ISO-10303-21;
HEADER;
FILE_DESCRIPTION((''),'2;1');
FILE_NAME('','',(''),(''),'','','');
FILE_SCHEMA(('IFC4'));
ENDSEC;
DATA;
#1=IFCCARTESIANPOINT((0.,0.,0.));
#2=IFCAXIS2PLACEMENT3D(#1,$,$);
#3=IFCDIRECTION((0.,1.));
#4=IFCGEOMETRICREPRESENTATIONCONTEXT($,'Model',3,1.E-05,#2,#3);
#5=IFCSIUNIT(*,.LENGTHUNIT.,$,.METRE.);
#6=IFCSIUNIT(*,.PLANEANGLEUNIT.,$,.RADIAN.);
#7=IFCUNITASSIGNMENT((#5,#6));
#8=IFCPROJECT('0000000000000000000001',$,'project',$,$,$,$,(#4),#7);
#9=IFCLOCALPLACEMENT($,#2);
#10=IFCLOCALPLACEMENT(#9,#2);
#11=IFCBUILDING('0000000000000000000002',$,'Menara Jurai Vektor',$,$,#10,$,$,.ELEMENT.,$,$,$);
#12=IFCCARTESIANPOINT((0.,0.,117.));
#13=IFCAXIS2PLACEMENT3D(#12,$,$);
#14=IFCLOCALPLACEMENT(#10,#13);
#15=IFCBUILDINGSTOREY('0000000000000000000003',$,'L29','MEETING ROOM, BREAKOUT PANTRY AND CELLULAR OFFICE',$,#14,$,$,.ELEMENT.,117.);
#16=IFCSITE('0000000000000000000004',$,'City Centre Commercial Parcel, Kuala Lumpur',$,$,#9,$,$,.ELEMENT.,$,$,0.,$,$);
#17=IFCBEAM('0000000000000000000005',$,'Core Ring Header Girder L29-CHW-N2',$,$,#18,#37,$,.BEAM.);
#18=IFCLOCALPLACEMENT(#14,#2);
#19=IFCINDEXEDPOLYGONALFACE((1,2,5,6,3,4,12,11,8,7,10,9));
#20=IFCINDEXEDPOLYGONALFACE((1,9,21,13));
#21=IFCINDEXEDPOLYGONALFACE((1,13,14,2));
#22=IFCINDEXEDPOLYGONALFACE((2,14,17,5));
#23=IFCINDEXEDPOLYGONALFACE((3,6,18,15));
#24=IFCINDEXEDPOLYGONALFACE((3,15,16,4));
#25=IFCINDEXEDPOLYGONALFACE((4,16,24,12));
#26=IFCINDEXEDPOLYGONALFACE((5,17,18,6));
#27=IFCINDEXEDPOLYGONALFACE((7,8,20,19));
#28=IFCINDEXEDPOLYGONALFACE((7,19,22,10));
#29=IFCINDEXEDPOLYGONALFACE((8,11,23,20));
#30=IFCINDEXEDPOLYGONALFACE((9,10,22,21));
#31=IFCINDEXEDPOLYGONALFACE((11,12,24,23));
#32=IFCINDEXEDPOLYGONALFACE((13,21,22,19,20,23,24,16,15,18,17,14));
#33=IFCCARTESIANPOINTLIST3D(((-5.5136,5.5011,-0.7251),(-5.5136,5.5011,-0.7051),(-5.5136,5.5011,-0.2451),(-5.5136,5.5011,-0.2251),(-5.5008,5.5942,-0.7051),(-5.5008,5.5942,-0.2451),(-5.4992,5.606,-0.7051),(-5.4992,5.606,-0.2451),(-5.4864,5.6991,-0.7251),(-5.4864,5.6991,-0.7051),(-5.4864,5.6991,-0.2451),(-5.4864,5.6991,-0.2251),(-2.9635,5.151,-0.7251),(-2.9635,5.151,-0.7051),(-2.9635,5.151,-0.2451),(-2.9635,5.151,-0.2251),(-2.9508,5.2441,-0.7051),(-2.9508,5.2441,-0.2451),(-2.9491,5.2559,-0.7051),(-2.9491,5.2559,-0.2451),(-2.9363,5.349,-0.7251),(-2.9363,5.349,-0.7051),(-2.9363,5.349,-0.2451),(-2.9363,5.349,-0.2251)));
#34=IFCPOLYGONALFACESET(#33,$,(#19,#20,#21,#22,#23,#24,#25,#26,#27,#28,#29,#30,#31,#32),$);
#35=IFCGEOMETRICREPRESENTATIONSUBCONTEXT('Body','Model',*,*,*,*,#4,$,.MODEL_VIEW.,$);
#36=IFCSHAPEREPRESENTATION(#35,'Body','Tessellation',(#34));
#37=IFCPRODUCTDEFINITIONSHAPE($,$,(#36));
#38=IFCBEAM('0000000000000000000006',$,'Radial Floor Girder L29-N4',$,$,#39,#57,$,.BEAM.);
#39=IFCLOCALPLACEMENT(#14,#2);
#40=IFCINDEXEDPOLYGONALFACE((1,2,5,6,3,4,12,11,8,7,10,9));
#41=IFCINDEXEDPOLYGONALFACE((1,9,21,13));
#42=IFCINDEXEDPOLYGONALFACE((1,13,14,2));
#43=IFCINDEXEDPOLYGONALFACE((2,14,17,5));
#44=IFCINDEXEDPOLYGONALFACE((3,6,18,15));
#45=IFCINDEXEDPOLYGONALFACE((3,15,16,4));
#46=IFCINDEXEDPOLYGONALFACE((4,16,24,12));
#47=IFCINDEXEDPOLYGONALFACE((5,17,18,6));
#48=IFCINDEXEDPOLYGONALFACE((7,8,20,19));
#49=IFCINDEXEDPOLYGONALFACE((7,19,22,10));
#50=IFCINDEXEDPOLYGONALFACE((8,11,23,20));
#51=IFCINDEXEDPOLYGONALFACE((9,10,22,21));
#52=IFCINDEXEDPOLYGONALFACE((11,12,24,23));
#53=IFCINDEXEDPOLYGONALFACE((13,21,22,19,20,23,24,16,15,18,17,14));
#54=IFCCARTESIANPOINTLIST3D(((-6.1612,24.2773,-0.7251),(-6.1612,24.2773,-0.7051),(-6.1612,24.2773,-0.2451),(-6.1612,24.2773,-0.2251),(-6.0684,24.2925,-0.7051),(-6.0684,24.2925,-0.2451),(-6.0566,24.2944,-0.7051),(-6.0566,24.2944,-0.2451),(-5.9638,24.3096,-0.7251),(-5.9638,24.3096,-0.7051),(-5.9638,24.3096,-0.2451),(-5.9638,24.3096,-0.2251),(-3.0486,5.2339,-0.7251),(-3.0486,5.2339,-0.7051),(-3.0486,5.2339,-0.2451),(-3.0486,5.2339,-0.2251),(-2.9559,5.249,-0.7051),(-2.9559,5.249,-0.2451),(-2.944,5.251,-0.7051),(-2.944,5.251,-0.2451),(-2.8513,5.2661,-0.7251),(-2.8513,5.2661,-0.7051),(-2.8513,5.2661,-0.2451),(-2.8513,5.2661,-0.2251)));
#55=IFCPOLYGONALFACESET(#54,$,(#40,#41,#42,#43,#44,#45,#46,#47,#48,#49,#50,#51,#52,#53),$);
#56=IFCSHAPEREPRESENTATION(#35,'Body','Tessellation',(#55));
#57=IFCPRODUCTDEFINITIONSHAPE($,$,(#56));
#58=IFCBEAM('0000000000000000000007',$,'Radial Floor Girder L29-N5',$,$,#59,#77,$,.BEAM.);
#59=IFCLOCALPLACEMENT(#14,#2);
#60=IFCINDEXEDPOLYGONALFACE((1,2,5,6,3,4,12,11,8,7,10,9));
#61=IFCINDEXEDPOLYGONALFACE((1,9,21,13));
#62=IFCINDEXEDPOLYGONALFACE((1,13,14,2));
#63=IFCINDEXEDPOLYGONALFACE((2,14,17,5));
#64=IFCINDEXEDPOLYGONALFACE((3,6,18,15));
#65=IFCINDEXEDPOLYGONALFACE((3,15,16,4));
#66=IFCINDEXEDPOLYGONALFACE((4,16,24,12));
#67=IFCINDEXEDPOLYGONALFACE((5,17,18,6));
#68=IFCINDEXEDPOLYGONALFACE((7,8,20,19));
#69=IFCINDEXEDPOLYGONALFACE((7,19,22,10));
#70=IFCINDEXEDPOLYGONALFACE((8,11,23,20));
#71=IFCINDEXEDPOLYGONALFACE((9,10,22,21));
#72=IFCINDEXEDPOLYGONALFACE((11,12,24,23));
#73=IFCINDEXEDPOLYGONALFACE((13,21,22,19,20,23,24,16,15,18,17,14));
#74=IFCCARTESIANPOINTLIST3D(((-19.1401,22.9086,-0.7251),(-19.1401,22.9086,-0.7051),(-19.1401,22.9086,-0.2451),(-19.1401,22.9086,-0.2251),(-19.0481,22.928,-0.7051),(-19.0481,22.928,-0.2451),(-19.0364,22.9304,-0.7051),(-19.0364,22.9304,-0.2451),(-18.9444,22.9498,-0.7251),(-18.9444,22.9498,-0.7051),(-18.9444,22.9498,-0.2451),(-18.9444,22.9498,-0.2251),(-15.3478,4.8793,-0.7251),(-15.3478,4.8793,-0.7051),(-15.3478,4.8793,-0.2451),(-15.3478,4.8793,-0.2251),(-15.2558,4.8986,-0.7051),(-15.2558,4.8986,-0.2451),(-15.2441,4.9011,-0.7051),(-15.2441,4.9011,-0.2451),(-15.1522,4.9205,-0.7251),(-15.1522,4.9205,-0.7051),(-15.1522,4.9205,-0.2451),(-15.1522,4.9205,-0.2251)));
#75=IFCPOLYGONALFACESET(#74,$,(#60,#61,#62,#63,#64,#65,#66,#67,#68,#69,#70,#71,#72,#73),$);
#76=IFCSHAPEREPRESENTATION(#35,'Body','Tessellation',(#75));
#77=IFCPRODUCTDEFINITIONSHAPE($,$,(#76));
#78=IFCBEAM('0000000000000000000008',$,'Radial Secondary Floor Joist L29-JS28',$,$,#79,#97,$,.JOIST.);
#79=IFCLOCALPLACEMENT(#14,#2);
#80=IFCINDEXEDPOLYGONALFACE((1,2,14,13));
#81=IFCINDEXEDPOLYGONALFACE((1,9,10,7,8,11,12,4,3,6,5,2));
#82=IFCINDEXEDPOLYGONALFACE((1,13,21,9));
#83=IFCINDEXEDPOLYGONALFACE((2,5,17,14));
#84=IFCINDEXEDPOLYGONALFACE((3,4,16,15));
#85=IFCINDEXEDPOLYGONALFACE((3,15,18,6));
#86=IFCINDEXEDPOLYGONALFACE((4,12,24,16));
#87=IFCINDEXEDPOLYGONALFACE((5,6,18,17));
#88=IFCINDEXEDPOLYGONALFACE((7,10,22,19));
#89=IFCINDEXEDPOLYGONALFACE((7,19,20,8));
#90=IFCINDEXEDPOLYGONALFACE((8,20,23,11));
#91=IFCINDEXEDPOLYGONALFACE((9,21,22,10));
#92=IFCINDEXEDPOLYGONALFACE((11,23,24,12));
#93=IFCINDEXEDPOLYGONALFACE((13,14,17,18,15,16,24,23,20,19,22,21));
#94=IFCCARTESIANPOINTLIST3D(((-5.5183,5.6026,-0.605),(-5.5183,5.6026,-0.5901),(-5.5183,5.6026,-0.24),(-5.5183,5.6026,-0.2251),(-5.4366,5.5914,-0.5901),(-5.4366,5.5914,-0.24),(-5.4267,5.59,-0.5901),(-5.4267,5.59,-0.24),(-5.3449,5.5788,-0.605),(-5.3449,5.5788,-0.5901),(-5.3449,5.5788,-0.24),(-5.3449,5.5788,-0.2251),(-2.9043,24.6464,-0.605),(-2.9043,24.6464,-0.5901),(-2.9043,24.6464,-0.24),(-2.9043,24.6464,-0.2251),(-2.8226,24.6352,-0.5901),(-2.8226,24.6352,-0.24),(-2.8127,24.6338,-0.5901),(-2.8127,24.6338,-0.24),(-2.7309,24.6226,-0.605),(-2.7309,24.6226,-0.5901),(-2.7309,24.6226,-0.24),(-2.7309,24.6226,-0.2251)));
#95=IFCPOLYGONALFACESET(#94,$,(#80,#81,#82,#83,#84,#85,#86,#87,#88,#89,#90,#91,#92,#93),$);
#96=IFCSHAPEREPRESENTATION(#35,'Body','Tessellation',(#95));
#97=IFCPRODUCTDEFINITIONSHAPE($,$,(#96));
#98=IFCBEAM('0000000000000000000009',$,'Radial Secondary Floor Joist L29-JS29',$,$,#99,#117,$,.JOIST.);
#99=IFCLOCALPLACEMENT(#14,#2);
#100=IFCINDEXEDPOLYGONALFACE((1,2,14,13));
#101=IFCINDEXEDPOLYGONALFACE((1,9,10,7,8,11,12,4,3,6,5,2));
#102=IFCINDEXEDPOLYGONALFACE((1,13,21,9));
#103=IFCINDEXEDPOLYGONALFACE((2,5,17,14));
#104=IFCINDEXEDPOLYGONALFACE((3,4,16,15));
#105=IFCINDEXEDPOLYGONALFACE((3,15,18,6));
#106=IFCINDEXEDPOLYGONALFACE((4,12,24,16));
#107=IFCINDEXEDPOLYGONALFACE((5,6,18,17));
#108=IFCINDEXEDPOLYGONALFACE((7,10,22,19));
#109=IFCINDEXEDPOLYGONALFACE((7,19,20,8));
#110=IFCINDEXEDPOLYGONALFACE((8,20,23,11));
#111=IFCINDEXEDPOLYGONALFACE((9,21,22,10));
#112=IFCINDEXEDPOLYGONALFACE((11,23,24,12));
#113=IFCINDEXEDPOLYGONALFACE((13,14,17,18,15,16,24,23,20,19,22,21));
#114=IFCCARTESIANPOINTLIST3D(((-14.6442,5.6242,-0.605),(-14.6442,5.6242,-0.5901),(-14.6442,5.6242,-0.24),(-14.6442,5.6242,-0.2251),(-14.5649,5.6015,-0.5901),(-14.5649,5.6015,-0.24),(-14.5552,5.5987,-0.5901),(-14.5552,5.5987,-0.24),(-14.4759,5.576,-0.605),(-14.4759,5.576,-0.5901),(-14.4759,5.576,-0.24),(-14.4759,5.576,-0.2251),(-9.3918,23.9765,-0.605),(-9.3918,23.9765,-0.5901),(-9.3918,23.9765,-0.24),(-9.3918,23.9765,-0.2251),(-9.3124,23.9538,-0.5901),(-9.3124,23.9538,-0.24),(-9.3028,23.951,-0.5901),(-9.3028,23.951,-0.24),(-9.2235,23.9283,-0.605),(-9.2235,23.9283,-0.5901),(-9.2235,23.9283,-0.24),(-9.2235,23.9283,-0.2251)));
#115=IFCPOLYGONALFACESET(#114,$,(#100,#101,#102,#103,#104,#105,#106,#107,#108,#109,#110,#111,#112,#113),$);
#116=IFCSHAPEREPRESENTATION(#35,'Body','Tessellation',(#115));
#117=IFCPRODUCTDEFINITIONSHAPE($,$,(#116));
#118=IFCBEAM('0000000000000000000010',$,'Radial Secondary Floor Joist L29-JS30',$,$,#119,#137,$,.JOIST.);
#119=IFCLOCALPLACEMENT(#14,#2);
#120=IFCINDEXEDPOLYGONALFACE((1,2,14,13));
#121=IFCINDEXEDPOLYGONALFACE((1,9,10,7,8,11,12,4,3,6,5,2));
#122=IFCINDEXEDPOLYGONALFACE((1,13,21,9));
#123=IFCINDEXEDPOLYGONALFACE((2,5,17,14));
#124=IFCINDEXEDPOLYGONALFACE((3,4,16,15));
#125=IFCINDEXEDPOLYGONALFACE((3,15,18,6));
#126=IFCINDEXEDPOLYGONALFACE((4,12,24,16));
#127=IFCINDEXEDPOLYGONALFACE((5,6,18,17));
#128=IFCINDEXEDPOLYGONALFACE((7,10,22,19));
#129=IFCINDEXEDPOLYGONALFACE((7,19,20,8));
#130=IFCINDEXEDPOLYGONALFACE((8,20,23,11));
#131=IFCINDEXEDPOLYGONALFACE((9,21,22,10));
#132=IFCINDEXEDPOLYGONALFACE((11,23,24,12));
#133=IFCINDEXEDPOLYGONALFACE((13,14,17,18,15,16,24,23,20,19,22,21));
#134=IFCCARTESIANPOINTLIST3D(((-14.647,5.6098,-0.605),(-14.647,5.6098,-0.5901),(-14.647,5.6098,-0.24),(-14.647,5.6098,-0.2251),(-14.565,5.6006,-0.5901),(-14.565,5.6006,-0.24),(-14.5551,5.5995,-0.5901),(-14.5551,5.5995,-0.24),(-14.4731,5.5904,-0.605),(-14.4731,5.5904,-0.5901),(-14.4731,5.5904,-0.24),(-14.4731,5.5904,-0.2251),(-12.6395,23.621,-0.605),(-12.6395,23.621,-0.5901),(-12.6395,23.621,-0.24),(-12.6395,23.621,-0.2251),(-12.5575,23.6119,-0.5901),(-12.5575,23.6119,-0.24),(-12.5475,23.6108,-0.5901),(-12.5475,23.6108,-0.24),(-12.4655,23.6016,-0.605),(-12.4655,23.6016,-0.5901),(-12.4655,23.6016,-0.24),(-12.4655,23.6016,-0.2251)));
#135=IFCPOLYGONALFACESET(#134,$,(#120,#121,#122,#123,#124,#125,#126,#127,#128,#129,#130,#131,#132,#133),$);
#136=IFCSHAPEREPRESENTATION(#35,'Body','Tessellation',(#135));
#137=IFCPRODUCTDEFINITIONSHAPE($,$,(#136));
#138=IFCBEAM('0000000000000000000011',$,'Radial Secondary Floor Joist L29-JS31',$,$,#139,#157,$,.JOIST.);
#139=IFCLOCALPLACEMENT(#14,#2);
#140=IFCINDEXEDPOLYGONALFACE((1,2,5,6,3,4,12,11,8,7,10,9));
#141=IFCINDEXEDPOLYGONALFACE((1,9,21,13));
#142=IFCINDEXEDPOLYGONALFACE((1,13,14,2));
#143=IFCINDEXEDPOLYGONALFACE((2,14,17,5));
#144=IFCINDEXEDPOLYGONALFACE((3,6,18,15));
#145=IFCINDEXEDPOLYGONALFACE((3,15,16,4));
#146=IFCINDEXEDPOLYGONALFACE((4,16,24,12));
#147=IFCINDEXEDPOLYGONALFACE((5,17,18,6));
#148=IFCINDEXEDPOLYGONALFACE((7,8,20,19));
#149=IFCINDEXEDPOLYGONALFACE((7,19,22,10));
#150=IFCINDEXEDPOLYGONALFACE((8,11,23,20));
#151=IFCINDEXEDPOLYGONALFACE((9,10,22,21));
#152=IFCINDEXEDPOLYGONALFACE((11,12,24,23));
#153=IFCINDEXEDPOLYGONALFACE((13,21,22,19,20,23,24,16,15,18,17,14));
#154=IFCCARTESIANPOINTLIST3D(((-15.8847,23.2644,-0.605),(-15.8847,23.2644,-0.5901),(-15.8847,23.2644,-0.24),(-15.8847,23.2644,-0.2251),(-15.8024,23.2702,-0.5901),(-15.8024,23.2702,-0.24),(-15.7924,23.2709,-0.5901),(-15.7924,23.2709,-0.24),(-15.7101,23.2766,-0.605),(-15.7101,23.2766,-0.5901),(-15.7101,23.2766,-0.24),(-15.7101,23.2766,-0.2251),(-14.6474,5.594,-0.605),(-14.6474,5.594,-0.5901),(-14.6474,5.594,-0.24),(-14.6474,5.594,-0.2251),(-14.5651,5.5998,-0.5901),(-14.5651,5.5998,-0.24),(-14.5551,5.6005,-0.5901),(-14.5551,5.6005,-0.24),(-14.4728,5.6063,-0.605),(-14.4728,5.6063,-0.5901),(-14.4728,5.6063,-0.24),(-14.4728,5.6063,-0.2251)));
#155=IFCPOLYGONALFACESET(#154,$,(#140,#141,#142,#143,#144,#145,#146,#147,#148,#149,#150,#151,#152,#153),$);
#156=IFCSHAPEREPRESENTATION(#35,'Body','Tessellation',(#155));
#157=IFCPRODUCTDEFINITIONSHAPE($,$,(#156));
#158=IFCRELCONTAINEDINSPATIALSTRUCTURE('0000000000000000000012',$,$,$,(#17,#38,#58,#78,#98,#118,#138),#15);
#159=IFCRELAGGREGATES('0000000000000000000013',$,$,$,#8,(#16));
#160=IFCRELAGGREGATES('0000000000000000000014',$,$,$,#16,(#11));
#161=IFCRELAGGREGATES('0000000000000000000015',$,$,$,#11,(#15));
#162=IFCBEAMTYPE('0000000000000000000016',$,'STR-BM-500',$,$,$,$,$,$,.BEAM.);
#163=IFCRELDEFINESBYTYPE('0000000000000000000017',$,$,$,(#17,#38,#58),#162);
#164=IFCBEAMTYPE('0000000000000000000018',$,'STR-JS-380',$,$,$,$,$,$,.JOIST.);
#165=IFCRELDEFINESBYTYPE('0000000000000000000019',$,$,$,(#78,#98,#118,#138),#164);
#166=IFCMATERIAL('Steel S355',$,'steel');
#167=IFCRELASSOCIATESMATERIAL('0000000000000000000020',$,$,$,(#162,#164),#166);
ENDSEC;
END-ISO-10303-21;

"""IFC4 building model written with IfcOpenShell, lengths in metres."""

from ifc_helpers import new_model, si_unit, direction, frame, origin, origin_2d, place, context, subcontext, project, spatial, i_section, extrude, material, material_profile, profile_set, type_object, element, save


model = new_model("IFC4")

# Units and contexts
model_context = context("Model", 3, precision=1e-05, world=origin(), true_north=direction((0.0, 1.0)))
body_context = subcontext(model_context, "Body", "Model", "MODEL_VIEW")
ifc_project = project(units=[si_unit("LENGTHUNIT", "METRE"), si_unit("PLANEANGLEUNIT", "RADIAN")], contexts=[model_context])

# Site, building, storey
site_placement = place(None, origin())
site = spatial("IfcSite", under=ifc_project, at=site_placement, Name="City Centre Commercial Parcel, Kuala Lumpur", CompositionType="ELEMENT", RefElevation=0.0)
building_placement = place(site_placement, origin())
building = spatial("IfcBuilding", under=site, at=building_placement, Name="Menara Jurai Vektor", CompositionType="ELEMENT")
storey_placement = place(building_placement, frame((0.0, 0.0, 117.0)))
storey = spatial("IfcBuildingStorey", under=building, at=storey_placement, Name="L29", Description="MEETING ROOM, BREAKOUT PANTRY AND CELLULAR OFFICE", CompositionType="ELEMENT", Elevation=117.0)

# Beams
ifc_material_1 = material(Name="Steel S355", Category="steel")
ifc_material_profile_1 = material_profile(ifc_material_1, i_section(OverallWidth=0.2, OverallDepth=0.5, WebThickness=0.012, FlangeThickness=0.02, at=origin_2d()), Name="PG 500x200x96")
ifc_profile_set_1 = profile_set([ifc_material_profile_1], Name="Steel S355")
beam_type_1 = type_object("IfcBeamType", Name="STR-BM-500", PredefinedType="BEAM", material=ifc_profile_set_1)
beam_1_placement = place(storey_placement, frame((-5.5, 5.6001, -0.4751), z_axis=(0.990707, -0.136015, 0.0), x_axis=(0.136015, 0.990707, 0.0)))
element("IfcBeam", 1, at=beam_1_placement, inside=storey, type_object=beam_type_1, Name="Core Ring Header Girder L29-CHW-N2", PredefinedType="BEAM", context=body_context, shape_type="SweptSolid", body=[
    extrude(i_section(OverallWidth=0.2, OverallDepth=0.5, WebThickness=0.012, FlangeThickness=0.02, at=origin_2d()), origin(), (0.0, 0.0, 1.0), 2.574),
])
beam_2_placement = place(storey_placement, frame((-6.0625, 24.2935, -0.4751), z_axis=(0.161304, -0.986905, 0.0), x_axis=(0.986905, 0.161304, 0.0)))
element("IfcBeam", 2, at=beam_2_placement, inside=storey, type_object=beam_type_1, Name="Radial Floor Girder L29-N4", PredefinedType="BEAM", context=body_context, shape_type="SweptSolid", body=[
    extrude(i_section(OverallWidth=0.2, OverallDepth=0.5, WebThickness=0.012, FlangeThickness=0.02, at=origin_2d()), origin(), (0.0, 0.0, 1.0), 19.2961),
])
beam_3_placement = place(storey_placement, frame((-19.0422, 22.9292, -0.4751), z_axis=(0.205833, -0.978587, 0.0), x_axis=(0.978587, 0.205833, 0.0)))
element("IfcBeam", 3, at=beam_3_placement, inside=storey, type_object=beam_type_1, Name="Radial Floor Girder L29-N5", PredefinedType="BEAM", context=body_context, shape_type="SweptSolid", body=[
    extrude(i_section(OverallWidth=0.2, OverallDepth=0.5, WebThickness=0.012, FlangeThickness=0.02, at=origin_2d()), origin(), (0.0, 0.0, 1.0), 18.4238),
])
ifc_material_profile_2 = material_profile(ifc_material_1, i_section(OverallWidth=0.175, OverallDepth=0.3799, WebThickness=0.01, FlangeThickness=0.0149, at=origin_2d()), Name="PG 380x175x58")
ifc_profile_set_2 = profile_set([ifc_material_profile_2], Name="Steel S355")
beam_type_2 = type_object("IfcBeamType", Name="STR-JS-380", PredefinedType="JOIST", material=ifc_profile_set_2)
beam_4_placement = place(storey_placement, frame((-2.8176, 24.6345, -0.415), z_axis=(-0.135987, -0.990711, 0.0), x_axis=(0.990711, -0.135987, 0.0)))
element("IfcBeam", 4, at=beam_4_placement, inside=storey, type_object=beam_type_2, Name="Radial Secondary Floor Joist L29-JS28", PredefinedType="JOIST", context=body_context, shape_type="SweptSolid", body=[
    extrude(i_section(OverallWidth=0.175, OverallDepth=0.3799, WebThickness=0.01, FlangeThickness=0.0149, at=origin_2d()), origin(), (0.0, 0.0, 1.0), 19.2224),
])
beam_5_placement = place(storey_placement, frame((-9.3076, 23.9524, -0.415), z_axis=(-0.275154, -0.9614, 0.0), x_axis=(0.9614, -0.275154, 0.0)))
element("IfcBeam", 5, at=beam_5_placement, inside=storey, type_object=beam_type_2, Name="Radial Secondary Floor Joist L29-JS29", PredefinedType="JOIST", context=body_context, shape_type="SweptSolid", body=[
    extrude(i_section(OverallWidth=0.175, OverallDepth=0.3799, WebThickness=0.01, FlangeThickness=0.0149, at=origin_2d()), origin(), (0.0, 0.0, 1.0), 19.0891),
])
beam_6_placement = place(storey_placement, frame((-12.5525, 23.6113, -0.415), z_axis=(-0.110776, -0.993845, 0.0), x_axis=(0.993845, -0.110776, 0.0)))
element("IfcBeam", 6, at=beam_6_placement, inside=storey, type_object=beam_type_2, Name="Radial Secondary Floor Joist L29-JS30", PredefinedType="JOIST", context=body_context, shape_type="SweptSolid", body=[
    extrude(i_section(OverallWidth=0.175, OverallDepth=0.3799, WebThickness=0.01, FlangeThickness=0.0149, at=origin_2d()), origin(), (0.0, 0.0, 1.0), 18.1228),
])
beam_7_placement = place(storey_placement, frame((-15.7974, 23.2705, -0.415), z_axis=(0.06985, -0.997557, 0.0), x_axis=(0.997557, 0.06985, 0.0)))
element("IfcBeam", 7, at=beam_7_placement, inside=storey, type_object=beam_type_2, Name="Radial Secondary Floor Joist L29-JS31", PredefinedType="JOIST", context=body_context, shape_type="SweptSolid", body=[
    extrude(i_section(OverallWidth=0.175, OverallDepth=0.3799, WebThickness=0.01, FlangeThickness=0.0149, at=origin_2d()), origin(), (0.0, 0.0, 1.0), 17.7136),
])

save(model, "model.ifc")
